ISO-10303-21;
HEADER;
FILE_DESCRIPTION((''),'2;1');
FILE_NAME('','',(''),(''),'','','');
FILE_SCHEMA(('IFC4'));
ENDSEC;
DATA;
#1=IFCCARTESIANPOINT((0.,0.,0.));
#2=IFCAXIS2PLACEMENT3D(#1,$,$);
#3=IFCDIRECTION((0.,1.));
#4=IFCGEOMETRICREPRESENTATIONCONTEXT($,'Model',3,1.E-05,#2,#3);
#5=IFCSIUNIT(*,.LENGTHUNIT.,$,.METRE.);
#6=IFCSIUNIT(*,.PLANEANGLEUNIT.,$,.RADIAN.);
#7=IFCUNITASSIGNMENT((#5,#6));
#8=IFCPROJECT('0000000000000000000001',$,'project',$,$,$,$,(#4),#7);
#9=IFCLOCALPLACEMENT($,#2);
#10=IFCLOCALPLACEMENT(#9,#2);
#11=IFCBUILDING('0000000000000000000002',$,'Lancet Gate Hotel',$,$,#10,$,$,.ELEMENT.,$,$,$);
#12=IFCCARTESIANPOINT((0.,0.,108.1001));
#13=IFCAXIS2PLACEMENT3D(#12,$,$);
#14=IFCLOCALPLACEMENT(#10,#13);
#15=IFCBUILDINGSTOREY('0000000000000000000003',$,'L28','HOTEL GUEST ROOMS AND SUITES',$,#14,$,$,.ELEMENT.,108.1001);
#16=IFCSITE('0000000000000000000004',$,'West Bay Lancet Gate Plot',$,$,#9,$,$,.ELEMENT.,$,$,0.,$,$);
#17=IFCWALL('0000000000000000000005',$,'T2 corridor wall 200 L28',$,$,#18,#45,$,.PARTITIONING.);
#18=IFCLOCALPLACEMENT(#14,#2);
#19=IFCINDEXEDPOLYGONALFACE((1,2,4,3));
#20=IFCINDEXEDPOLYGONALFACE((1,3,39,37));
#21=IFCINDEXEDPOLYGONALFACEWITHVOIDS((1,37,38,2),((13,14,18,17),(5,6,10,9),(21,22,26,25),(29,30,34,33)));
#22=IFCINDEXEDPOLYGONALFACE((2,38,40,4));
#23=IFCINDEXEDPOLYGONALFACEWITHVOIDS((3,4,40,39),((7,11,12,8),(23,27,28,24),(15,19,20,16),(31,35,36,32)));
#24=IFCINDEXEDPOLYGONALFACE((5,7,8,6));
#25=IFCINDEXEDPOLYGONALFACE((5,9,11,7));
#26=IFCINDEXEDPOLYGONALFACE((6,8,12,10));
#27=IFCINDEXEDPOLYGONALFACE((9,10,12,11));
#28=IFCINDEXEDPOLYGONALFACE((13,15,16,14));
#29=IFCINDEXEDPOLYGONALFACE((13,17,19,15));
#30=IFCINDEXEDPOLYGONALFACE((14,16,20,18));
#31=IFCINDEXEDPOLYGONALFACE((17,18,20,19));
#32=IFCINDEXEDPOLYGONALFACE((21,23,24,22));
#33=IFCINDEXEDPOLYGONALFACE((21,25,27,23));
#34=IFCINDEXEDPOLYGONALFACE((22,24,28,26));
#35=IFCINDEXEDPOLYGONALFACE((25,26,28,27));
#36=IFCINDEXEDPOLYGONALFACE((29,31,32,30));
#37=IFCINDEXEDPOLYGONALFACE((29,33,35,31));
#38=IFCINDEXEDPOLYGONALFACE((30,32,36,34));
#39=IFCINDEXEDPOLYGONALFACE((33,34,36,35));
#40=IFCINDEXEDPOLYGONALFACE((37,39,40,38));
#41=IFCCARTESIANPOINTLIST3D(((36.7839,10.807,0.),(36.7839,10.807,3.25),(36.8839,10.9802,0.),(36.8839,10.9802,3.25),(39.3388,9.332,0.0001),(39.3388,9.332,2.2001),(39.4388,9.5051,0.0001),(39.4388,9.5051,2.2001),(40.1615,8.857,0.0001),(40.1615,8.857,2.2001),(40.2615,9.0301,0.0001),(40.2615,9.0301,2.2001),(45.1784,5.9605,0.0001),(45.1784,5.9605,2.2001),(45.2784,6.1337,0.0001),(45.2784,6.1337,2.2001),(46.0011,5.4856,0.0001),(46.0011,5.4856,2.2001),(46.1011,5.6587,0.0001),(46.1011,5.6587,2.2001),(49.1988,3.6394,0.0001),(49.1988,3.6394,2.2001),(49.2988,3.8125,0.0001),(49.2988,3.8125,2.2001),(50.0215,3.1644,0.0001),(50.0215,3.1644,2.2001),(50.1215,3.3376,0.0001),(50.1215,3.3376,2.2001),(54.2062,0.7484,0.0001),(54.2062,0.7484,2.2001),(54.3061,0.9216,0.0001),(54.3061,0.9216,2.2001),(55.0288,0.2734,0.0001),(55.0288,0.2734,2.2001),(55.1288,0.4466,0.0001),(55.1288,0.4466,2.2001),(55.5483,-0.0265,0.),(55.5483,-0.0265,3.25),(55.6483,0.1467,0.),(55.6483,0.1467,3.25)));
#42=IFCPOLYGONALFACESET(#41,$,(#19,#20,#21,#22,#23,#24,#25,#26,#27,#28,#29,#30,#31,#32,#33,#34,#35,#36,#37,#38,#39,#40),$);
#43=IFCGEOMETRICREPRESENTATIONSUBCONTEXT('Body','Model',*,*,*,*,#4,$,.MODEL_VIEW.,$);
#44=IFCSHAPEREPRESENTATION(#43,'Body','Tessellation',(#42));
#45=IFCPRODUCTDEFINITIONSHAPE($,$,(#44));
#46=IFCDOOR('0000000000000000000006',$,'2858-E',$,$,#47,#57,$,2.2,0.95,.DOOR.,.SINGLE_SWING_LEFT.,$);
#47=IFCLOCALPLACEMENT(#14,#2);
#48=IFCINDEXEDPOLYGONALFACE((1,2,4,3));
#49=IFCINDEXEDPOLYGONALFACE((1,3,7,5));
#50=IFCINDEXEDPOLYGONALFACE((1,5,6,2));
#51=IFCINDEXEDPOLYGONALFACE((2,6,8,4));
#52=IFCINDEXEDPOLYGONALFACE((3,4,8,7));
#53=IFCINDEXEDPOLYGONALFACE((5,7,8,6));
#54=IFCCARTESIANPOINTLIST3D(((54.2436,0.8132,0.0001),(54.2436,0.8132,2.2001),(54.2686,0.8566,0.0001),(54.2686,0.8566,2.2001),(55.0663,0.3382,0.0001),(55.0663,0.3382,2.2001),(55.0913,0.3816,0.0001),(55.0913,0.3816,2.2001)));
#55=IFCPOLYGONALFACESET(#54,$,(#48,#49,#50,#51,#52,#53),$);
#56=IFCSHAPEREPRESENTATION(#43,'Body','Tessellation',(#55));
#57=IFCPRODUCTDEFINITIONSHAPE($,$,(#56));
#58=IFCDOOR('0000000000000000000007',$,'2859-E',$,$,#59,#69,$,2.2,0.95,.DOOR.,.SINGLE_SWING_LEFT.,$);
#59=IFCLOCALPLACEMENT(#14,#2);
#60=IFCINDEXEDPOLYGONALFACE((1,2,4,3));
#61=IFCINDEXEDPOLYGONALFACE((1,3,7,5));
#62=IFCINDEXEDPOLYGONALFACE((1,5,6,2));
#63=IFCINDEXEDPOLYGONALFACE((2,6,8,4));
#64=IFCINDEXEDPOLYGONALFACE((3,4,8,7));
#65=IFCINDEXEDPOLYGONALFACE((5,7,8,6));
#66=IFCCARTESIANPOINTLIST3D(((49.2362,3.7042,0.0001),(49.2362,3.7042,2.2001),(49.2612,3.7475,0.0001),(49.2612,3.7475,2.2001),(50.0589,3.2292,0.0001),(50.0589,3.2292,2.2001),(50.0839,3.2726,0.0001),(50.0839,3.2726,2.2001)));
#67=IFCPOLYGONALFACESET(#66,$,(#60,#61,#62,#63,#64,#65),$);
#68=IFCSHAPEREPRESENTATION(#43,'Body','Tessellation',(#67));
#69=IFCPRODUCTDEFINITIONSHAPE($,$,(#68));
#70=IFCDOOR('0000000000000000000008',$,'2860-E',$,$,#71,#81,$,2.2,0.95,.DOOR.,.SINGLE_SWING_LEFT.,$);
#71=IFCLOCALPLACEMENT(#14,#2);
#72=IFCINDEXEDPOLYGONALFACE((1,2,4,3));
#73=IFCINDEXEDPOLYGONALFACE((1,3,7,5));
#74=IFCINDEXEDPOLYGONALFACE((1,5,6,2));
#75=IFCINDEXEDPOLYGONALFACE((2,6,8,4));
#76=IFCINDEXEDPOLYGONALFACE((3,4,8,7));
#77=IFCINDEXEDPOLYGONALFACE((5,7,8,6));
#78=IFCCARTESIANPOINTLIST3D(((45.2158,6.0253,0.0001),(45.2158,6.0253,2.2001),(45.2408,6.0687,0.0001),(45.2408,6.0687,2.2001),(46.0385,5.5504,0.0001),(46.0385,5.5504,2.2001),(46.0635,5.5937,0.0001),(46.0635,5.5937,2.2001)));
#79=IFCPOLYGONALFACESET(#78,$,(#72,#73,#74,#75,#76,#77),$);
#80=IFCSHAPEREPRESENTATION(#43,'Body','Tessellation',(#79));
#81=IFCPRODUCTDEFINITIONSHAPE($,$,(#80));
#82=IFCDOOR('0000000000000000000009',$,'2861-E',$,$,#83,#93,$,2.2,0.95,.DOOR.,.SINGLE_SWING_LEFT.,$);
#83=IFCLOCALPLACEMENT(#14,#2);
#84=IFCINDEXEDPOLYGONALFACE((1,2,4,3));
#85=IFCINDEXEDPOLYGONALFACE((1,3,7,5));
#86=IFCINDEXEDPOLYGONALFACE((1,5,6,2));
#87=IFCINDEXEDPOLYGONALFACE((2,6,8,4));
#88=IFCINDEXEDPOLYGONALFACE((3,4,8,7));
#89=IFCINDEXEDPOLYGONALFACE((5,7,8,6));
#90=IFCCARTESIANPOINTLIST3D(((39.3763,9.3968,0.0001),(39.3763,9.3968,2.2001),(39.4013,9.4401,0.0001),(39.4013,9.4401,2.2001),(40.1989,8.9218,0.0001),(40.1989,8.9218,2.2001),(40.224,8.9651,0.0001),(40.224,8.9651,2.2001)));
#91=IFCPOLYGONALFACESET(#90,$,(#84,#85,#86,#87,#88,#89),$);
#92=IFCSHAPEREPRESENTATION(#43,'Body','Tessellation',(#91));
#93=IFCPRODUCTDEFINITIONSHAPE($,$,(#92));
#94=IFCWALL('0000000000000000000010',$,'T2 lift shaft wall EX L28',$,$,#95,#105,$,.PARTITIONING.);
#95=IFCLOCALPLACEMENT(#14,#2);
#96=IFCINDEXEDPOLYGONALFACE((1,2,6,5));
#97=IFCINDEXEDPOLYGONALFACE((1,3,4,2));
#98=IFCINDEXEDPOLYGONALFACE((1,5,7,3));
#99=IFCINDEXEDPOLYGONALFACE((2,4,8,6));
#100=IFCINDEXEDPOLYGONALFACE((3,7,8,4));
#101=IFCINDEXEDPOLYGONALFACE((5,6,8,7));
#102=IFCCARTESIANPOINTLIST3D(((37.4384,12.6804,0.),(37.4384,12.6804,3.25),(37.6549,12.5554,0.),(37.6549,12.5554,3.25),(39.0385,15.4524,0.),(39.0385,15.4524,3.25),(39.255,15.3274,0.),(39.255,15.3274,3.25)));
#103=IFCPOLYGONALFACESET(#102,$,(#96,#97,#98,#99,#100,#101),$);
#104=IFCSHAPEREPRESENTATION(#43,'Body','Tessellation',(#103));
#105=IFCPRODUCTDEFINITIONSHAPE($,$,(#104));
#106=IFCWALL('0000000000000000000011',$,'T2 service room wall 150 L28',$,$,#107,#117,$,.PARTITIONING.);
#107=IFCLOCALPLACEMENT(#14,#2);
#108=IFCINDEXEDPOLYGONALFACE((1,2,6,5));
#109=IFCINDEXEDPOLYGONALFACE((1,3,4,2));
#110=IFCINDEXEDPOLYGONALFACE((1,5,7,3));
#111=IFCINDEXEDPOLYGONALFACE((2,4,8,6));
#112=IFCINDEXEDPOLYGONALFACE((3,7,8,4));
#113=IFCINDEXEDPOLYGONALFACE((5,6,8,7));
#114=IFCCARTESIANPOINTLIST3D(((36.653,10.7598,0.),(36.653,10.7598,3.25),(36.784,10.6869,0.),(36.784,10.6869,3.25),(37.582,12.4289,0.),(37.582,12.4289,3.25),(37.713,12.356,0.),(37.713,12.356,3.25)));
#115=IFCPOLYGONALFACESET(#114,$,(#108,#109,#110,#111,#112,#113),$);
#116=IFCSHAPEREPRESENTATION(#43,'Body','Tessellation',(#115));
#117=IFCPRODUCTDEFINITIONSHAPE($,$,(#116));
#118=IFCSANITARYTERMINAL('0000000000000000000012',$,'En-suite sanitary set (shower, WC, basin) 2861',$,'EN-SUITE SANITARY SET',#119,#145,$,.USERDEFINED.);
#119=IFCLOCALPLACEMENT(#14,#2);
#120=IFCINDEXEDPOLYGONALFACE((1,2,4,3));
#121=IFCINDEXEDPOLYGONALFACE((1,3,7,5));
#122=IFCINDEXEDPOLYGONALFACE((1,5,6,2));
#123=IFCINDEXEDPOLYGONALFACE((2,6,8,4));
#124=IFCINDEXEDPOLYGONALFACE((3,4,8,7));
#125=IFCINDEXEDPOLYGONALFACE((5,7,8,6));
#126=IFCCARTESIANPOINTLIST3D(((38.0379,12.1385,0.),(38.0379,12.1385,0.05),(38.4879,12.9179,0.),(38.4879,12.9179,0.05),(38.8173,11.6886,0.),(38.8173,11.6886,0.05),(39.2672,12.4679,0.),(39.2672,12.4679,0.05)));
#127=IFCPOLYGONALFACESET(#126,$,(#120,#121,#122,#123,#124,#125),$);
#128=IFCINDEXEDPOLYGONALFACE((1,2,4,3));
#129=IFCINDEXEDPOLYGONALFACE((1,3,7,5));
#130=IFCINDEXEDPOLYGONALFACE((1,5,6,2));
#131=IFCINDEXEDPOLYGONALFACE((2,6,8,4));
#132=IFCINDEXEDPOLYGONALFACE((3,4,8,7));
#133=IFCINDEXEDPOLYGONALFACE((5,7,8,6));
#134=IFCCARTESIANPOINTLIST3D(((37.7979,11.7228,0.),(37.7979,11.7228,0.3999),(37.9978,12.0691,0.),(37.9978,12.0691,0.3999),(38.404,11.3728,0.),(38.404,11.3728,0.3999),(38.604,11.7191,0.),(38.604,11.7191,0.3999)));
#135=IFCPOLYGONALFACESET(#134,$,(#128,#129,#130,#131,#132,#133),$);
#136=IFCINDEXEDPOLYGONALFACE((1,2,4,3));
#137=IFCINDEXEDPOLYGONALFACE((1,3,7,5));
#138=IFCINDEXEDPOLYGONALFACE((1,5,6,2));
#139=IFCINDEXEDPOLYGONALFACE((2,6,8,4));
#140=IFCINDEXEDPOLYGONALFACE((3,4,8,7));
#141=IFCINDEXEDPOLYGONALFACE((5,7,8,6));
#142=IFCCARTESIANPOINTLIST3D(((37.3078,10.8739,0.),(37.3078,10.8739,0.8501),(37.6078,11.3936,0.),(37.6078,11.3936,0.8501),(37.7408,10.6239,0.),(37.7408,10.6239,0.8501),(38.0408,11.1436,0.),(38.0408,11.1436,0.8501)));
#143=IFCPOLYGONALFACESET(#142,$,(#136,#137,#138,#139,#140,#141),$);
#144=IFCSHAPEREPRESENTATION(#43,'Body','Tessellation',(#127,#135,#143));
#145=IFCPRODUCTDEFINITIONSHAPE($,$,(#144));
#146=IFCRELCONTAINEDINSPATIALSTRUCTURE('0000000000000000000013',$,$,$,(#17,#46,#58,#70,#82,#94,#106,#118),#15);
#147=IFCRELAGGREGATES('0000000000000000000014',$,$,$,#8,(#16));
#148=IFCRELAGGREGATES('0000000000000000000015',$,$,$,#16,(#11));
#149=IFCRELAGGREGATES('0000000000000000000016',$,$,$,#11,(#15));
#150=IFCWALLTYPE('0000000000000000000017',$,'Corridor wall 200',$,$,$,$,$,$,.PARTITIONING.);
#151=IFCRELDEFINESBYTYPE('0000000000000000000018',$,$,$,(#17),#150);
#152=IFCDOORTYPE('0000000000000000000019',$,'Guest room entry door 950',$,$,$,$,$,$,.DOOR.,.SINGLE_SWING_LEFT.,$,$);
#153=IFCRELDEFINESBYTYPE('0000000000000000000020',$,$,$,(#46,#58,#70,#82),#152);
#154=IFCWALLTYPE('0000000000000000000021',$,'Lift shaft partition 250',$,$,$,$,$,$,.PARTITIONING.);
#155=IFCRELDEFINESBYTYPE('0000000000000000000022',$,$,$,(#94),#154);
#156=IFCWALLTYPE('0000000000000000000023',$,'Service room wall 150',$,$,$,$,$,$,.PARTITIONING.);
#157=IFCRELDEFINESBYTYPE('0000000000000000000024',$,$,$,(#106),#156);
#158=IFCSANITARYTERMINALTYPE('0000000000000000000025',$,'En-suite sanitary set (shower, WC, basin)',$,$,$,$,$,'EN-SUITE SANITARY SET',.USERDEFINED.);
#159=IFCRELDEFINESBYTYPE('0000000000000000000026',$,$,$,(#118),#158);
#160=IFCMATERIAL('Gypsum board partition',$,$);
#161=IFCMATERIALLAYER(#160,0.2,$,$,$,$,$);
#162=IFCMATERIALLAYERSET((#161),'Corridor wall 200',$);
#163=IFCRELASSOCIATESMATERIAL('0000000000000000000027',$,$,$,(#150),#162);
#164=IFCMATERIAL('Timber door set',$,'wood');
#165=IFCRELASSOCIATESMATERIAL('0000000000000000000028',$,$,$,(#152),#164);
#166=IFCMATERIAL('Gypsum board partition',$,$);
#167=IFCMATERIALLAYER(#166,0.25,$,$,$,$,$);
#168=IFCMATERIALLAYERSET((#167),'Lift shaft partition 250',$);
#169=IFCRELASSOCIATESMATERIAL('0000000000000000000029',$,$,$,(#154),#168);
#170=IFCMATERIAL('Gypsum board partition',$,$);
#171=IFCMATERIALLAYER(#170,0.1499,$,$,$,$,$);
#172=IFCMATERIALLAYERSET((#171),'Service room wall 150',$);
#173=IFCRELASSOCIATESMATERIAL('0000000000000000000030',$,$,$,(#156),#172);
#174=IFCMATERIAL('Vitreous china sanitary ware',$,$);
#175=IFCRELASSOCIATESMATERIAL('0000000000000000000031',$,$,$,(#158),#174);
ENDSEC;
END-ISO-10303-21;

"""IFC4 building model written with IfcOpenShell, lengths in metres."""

from ifc_helpers import new_model, si_unit, direction, frame, frame_2d, origin, origin_2d, place, context, subcontext, project, spatial, rectangle, extrude, material, layer, layer_set, type_object, element, fill, save


model = new_model("IFC4")

# Units and contexts
model_context = context("Model", 3, precision=1e-05, world=origin(), true_north=direction((0.0, 1.0)))
body_context = subcontext(model_context, "Body", "Model", "MODEL_VIEW")
ifc_project = project(units=[si_unit("LENGTHUNIT", "METRE"), si_unit("PLANEANGLEUNIT", "RADIAN")], contexts=[model_context])

# Site, building, storey
site_placement = place(None, origin())
site = spatial("IfcSite", under=ifc_project, at=site_placement, Name="West Bay Lancet Gate Plot", CompositionType="ELEMENT", RefElevation=0.0)
building_placement = place(site_placement, origin())
building = spatial("IfcBuilding", under=site, at=building_placement, Name="Lancet Gate Hotel", CompositionType="ELEMENT")
storey_placement = place(building_placement, frame((0.0, 0.0, 108.1001)))
storey = spatial("IfcBuildingStorey", under=building, at=storey_placement, Name="L28", Description="HOTEL GUEST ROOMS AND SUITES", CompositionType="ELEMENT", Elevation=108.1001)

# Wall, openings, doors
ifc_material_1 = material(Name="Gypsum board partition")
ifc_layer_1 = layer(ifc_material_1, 0.2)
ifc_layer_set_1 = layer_set([ifc_layer_1], Name="Corridor wall 200")
wall_type_1 = type_object("IfcWallType", Name="Corridor wall 200", PredefinedType="PARTITIONING", material=ifc_layer_set_1)
wall_1_placement = place(storey_placement, frame((36.834, 10.8936, 0.0), z_axis=(0.0, 0.0, 1.0), x_axis=(0.866028, -0.499995, 0.0)))
wall_1 = element("IfcWall", 1, at=wall_1_placement, inside=storey, type_object=wall_type_1, Name="T2 corridor wall 200 L28", PredefinedType="PARTITIONING", context=body_context, shape_type="SweptSolid", body=[
    extrude(rectangle(XDim=21.6672, YDim=0.2, at=frame_2d((10.8335, 0.0))), origin(), (0.0, 0.0, 1.0), 3.25),
])
opening_1_placement = place(wall_1_placement, frame((20.1172, 0.0, 0.0)))
opening_1 = element("IfcOpeningElement", 2, at=opening_1_placement, cuts=wall_1, PredefinedType="OPENING", context=body_context, shape_type="SweptSolid", body=[
    extrude(rectangle(XDim=0.95, YDim=2.2, at=frame_2d((0.4751, 1.1001))), frame((0.0, 0.1099, 0.0), z_axis=(0.0, -1.0, 0.0), x_axis=(1.0, 0.0, 0.0)), (0.0, 0.0, 1.0), 0.22),
])
opening_2_placement = place(wall_1_placement, frame((14.3352, 0.0, 0.0)))
opening_2 = element("IfcOpeningElement", 3, at=opening_2_placement, cuts=wall_1, PredefinedType="OPENING", context=body_context, shape_type="SweptSolid", body=[
    extrude(rectangle(XDim=0.95, YDim=2.2, at=frame_2d((0.4751, 1.1001))), frame((0.0, 0.1099, 0.0), z_axis=(0.0, -1.0, 0.0), x_axis=(1.0, 0.0, 0.0)), (0.0, 0.0, 1.0), 0.22),
])
opening_3_placement = place(wall_1_placement, frame((9.6929, 0.0, 0.0)))
opening_3 = element("IfcOpeningElement", 4, at=opening_3_placement, cuts=wall_1, PredefinedType="OPENING", context=body_context, shape_type="SweptSolid", body=[
    extrude(rectangle(XDim=0.95, YDim=2.2, at=frame_2d((0.4751, 1.1001))), frame((0.0, 0.1099, 0.0), z_axis=(0.0, -1.0, 0.0), x_axis=(1.0, 0.0, 0.0)), (0.0, 0.0, 1.0), 0.22),
])
opening_4_placement = place(wall_1_placement, frame((2.95, 0.0, 0.0)))
opening_4 = element("IfcOpeningElement", 5, at=opening_4_placement, cuts=wall_1, PredefinedType="OPENING", context=body_context, shape_type="SweptSolid", body=[
    extrude(rectangle(XDim=0.95, YDim=2.2, at=frame_2d((0.4751, 1.1001))), frame((0.0, 0.1099, 0.0), z_axis=(0.0, -1.0, 0.0), x_axis=(1.0, 0.0, 0.0)), (0.0, 0.0, 1.0), 0.22),
])
ifc_material_2 = material(Name="Timber door set", Category="wood")
door_type_1 = type_object("IfcDoorType", Name="Guest room entry door 950", OperationType="SINGLE_SWING_LEFT", PredefinedType="DOOR", material=ifc_material_2)
door_1_placement = place(opening_1_placement, origin())
door_1 = element("IfcDoor", 6, at=door_1_placement, inside=storey, type_object=door_type_1, Name="2858-E", OperationType="SINGLE_SWING_LEFT", OverallHeight=2.2, OverallWidth=0.95, PredefinedType="DOOR", context=body_context, shape_type="SweptSolid", body=[
    extrude(rectangle(XDim=0.95, YDim=2.2, at=frame_2d((0.4751, 1.1001))), frame((0.0, 0.0249, 0.0), z_axis=(0.0, -1.0, 0.0), x_axis=(1.0, 0.0, 0.0)), (0.0, 0.0, 1.0), 0.05),
])
fill(opening_1, door_1)
door_2_placement = place(opening_2_placement, origin())
door_2 = element("IfcDoor", 7, at=door_2_placement, inside=storey, type_object=door_type_1, Name="2859-E", OperationType="SINGLE_SWING_LEFT", OverallHeight=2.2, OverallWidth=0.95, PredefinedType="DOOR", context=body_context, shape_type="SweptSolid", body=[
    extrude(rectangle(XDim=0.95, YDim=2.2, at=frame_2d((0.4751, 1.1001))), frame((0.0, 0.0249, 0.0), z_axis=(0.0, -1.0, 0.0), x_axis=(1.0, 0.0, 0.0)), (0.0, 0.0, 1.0), 0.05),
])
fill(opening_2, door_2)
door_3_placement = place(opening_3_placement, origin())
door_3 = element("IfcDoor", 8, at=door_3_placement, inside=storey, type_object=door_type_1, Name="2860-E", OperationType="SINGLE_SWING_LEFT", OverallHeight=2.2, OverallWidth=0.95, PredefinedType="DOOR", context=body_context, shape_type="SweptSolid", body=[
    extrude(rectangle(XDim=0.95, YDim=2.2, at=frame_2d((0.4751, 1.1001))), frame((0.0, 0.0249, 0.0), z_axis=(0.0, -1.0, 0.0), x_axis=(1.0, 0.0, 0.0)), (0.0, 0.0, 1.0), 0.05),
])
fill(opening_3, door_3)
door_4_placement = place(opening_4_placement, origin())
door_4 = element("IfcDoor", 9, at=door_4_placement, inside=storey, type_object=door_type_1, Name="2861-E", OperationType="SINGLE_SWING_LEFT", OverallHeight=2.2, OverallWidth=0.95, PredefinedType="DOOR", context=body_context, shape_type="SweptSolid", body=[
    extrude(rectangle(XDim=0.95, YDim=2.2, at=frame_2d((0.4751, 1.1001))), frame((0.0, 0.0249, 0.0), z_axis=(0.0, -1.0, 0.0), x_axis=(1.0, 0.0, 0.0)), (0.0, 0.0, 1.0), 0.05),
])
fill(opening_4, door_4)

# Walls
ifc_material_3 = material(Name="Gypsum board partition")
ifc_layer_2 = layer(ifc_material_3, 0.25)
ifc_layer_set_2 = layer_set([ifc_layer_2], Name="Lift shaft partition 250")
wall_type_2 = type_object("IfcWallType", Name="Lift shaft partition 250", PredefinedType="PARTITIONING", material=ifc_layer_set_2)
wall_2_placement = place(storey_placement, frame((37.5466, 12.6179, 0.0), z_axis=(0.0, 0.0, 1.0), x_axis=(0.499929, 0.866066, 0.0)))
element("IfcWall", 10, at=wall_2_placement, inside=storey, type_object=wall_type_2, Name="T2 lift shaft wall EX L28", PredefinedType="PARTITIONING", context=body_context, shape_type="SweptSolid", body=[
    extrude(rectangle(XDim=3.2007, YDim=0.25, at=frame_2d((1.6003, 0.0))), origin(), (0.0, 0.0, 1.0), 3.25),
])
ifc_material_4 = material(Name="Gypsum board partition")
ifc_layer_3 = layer(ifc_material_4, 0.1499)
ifc_layer_set_3 = layer_set([ifc_layer_3], Name="Service room wall 150")
wall_type_3 = type_object("IfcWallType", Name="Service room wall 150", PredefinedType="PARTITIONING", material=ifc_layer_set_3)
wall_3_placement = place(storey_placement, frame((36.7185, 10.7234, 0.0), z_axis=(0.0, 0.0, 1.0), x_axis=(0.486348, 0.873765, 0.0)))
element("IfcWall", 11, at=wall_3_placement, inside=storey, type_object=wall_type_3, Name="T2 service room wall 150 L28", PredefinedType="PARTITIONING", context=body_context, shape_type="SweptSolid", body=[
    extrude(rectangle(XDim=1.9102, YDim=0.1499, at=frame_2d((0.9551, 0.0))), origin(), (0.0, 0.0, 1.0), 3.25),
])

# Sanitary terminal
ifc_material_5 = material(Name="Vitreous china sanitary ware")
sanitary_terminal_type = type_object("IfcSanitaryTerminalType", Name="En-suite sanitary set (shower, WC, basin)", ElementType="EN-SUITE SANITARY SET", PredefinedType="USERDEFINED", material=ifc_material_5)
sanitary_terminal_placement = place(storey_placement, frame((38.6526, 12.3032, 0.0), z_axis=(0.0, 0.0, 1.0), x_axis=(1.0, 0.0, 0.0)))
element("IfcSanitaryTerminal", 12, at=sanitary_terminal_placement, inside=storey, type_object=sanitary_terminal_type, Name="En-suite sanitary set (shower, WC, basin) 2861", ObjectType="EN-SUITE SANITARY SET", PredefinedType="USERDEFINED", context=body_context, shape_type="SweptSolid", body=[
    extrude(rectangle(XDim=0.8999, YDim=0.8999, at=origin_2d()), frame((0.0, 0.0, 0.0), z_axis=(0.0, 0.0, 1.0), x_axis=(0.5, 0.866025, 0.0)), (0.0, 0.0, 1.0), 0.05),
    extrude(rectangle(XDim=0.3999, YDim=0.7, at=origin_2d()), frame((-0.4517, -0.5823, 0.0), z_axis=(0.0, 0.0, 1.0), x_axis=(0.5, 0.866025, 0.0)), (0.0, 0.0, 1.0), 0.3999),
    extrude(rectangle(XDim=0.6001, YDim=0.5, at=origin_2d()), frame((-0.9783, -1.2944, 0.0), z_axis=(0.0, 0.0, 1.0), x_axis=(0.5, 0.866025, 0.0)), (0.0, 0.0, 1.0), 0.8501),
])

save(model, "model.ifc")
